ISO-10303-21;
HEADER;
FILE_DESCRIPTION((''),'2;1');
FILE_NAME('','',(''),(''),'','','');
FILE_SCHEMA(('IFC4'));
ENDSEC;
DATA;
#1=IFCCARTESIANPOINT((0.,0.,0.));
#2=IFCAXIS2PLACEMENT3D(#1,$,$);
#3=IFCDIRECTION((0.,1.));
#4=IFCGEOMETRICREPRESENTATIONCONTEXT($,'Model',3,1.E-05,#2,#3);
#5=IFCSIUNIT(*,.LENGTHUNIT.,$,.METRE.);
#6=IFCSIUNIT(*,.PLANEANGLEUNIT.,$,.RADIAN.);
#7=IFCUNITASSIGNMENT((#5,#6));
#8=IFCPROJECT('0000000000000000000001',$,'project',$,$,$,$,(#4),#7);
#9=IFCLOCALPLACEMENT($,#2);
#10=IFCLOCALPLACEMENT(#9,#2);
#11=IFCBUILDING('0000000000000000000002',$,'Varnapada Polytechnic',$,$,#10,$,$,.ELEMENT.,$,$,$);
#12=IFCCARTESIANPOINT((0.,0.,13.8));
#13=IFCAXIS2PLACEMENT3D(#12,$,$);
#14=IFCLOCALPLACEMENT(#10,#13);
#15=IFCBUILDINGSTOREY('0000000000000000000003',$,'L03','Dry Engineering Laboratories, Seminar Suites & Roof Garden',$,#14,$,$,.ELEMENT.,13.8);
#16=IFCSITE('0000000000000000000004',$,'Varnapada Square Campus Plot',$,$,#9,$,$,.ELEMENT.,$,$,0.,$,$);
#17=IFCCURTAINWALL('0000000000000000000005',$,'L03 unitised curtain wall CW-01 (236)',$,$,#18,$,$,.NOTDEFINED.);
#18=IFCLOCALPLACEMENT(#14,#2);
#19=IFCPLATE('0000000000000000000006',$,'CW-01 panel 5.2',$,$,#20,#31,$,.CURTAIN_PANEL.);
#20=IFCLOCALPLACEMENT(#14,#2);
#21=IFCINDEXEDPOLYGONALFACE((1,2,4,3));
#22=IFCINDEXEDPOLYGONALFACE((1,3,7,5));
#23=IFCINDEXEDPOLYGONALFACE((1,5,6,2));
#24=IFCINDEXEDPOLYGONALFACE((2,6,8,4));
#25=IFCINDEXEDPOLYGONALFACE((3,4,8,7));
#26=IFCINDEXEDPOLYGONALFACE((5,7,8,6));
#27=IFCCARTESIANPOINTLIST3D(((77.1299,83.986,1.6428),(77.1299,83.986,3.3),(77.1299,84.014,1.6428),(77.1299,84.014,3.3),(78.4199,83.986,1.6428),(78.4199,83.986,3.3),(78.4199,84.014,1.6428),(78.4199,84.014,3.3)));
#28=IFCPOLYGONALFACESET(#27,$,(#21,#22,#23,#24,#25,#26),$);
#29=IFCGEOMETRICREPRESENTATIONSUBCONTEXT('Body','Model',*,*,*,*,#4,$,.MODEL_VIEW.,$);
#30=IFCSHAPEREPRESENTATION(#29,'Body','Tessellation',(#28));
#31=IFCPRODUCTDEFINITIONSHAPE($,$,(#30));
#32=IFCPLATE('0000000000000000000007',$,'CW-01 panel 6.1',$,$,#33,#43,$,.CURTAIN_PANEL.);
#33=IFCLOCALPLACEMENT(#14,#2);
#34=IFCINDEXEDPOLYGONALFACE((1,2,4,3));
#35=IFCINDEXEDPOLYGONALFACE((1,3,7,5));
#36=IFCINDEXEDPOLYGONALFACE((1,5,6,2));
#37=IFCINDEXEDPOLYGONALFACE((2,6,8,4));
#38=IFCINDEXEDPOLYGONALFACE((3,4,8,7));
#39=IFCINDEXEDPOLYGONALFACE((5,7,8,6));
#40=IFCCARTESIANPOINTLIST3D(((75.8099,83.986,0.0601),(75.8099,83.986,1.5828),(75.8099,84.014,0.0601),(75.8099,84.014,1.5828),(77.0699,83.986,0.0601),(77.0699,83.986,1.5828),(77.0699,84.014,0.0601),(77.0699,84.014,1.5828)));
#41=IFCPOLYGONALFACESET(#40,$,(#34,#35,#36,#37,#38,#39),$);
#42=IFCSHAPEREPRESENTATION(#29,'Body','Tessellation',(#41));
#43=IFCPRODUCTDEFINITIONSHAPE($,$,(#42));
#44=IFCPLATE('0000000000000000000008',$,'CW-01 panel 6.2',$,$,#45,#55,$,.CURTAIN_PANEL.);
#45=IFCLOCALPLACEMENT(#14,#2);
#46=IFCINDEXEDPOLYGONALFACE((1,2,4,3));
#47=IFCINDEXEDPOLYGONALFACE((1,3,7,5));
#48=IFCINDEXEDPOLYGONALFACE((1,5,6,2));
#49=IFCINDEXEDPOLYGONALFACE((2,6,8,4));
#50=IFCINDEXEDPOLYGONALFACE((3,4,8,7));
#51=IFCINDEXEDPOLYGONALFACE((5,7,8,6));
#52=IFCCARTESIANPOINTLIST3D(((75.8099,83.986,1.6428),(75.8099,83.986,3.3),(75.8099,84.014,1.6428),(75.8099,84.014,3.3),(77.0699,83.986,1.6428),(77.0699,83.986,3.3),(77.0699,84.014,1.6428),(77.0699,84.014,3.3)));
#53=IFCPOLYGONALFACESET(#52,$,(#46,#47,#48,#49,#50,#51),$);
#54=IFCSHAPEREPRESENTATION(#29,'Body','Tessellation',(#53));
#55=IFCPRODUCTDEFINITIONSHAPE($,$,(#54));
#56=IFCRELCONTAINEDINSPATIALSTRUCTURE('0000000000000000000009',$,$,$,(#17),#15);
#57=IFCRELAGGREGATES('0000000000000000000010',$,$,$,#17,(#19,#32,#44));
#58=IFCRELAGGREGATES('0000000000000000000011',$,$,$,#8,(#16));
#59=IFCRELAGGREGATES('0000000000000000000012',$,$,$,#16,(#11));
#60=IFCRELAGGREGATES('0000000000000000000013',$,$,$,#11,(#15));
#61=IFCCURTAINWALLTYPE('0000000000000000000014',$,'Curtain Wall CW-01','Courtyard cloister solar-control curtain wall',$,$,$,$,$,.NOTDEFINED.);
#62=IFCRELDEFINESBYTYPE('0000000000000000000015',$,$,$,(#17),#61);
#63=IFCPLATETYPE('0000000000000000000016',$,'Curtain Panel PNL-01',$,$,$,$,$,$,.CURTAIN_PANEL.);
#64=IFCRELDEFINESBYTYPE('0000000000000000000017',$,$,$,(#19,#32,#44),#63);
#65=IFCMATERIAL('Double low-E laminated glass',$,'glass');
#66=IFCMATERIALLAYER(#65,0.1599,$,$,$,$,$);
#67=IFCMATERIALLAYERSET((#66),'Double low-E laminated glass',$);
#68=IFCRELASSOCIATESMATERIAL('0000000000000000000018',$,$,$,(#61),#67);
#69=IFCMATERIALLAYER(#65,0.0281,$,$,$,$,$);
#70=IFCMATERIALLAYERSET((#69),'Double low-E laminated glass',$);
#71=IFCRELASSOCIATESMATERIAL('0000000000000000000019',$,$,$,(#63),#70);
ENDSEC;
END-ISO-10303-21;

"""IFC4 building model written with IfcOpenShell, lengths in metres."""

from ifc_helpers import new_model, si_unit, direction, frame, origin, origin_2d, place, context, subcontext, project, spatial, rectangle, extrude, material, layer, layer_set, type_object, element, aggregate, save


model = new_model("IFC4")

# Units and contexts
model_context = context("Model", 3, precision=1e-05, world=origin(), true_north=direction((0.0, 1.0)))
body_context = subcontext(model_context, "Body", "Model", "MODEL_VIEW")
ifc_project = project(units=[si_unit("LENGTHUNIT", "METRE"), si_unit("PLANEANGLEUNIT", "RADIAN")], contexts=[model_context])

# Site, building, storey
site_placement = place(None, origin())
site = spatial("IfcSite", under=ifc_project, at=site_placement, Name="Varnapada Square Campus Plot", CompositionType="ELEMENT", RefElevation=0.0)
building_placement = place(site_placement, origin())
building = spatial("IfcBuilding", under=site, at=building_placement, Name="Varnapada Polytechnic", CompositionType="ELEMENT")
storey_placement = place(building_placement, frame((0.0, 0.0, 13.8)))
storey = spatial("IfcBuildingStorey", under=building, at=storey_placement, Name="L03", Description="Dry Engineering Laboratories, Seminar Suites & Roof Garden", CompositionType="ELEMENT", Elevation=13.8)

# Shared definitions
ifc_material_1 = material(Name="Double low-E laminated glass", Category="glass")
ifc_layer_1 = layer(ifc_material_1, 0.1599)
ifc_layer_set_1 = layer_set([ifc_layer_1], Name="Double low-E laminated glass")
curtain_wall_type = type_object("IfcCurtainWallType", Name="Curtain Wall CW-01", Description="Courtyard cloister solar-control curtain wall", PredefinedType="NOTDEFINED", material=ifc_layer_set_1)

# Curtain wall
curtain_wall_1_placement = place(storey_placement, origin())
curtain_wall_1 = element("IfcCurtainWall", 1, at=curtain_wall_1_placement, inside=storey, type_object=curtain_wall_type, Name="L03 unitised curtain wall CW-01 (236)", PredefinedType="NOTDEFINED")

# Plates
ifc_layer_2 = layer(ifc_material_1, 0.0281)
ifc_layer_set_2 = layer_set([ifc_layer_2], Name="Double low-E laminated glass")
plate_type = type_object("IfcPlateType", Name="Curtain Panel PNL-01", PredefinedType="CURTAIN_PANEL", material=ifc_layer_set_2)
plate_1_placement = place(storey_placement, frame((77.7749, 84.0, 1.6428), z_axis=(0.0, 0.0, 1.0), x_axis=(-1.0, 0.0, 0.0)))
plate_1 = element("IfcPlate", 2, at=plate_1_placement, type_object=plate_type, Name="CW-01 panel 5.2", PredefinedType="CURTAIN_PANEL", context=body_context, shape_type="SweptSolid", body=[
    extrude(rectangle(XDim=1.29, YDim=0.0281, at=origin_2d()), origin(), (0.0, 0.0, 1.0), 1.6572),
])
plate_2_placement = place(storey_placement, frame((76.4399, 84.0, 0.0601), z_axis=(0.0, 0.0, 1.0), x_axis=(-1.0, 0.0, 0.0)))
plate_2 = element("IfcPlate", 3, at=plate_2_placement, type_object=plate_type, Name="CW-01 panel 6.1", PredefinedType="CURTAIN_PANEL", context=body_context, shape_type="SweptSolid", body=[
    extrude(rectangle(XDim=1.26, YDim=0.0281, at=origin_2d()), origin(), (0.0, 0.0, 1.0), 1.5227),
])
plate_3_placement = place(storey_placement, frame((76.4399, 84.0, 1.6428), z_axis=(0.0, 0.0, 1.0), x_axis=(-1.0, 0.0, 0.0)))
plate_3 = element("IfcPlate", 4, at=plate_3_placement, type_object=plate_type, Name="CW-01 panel 6.2", PredefinedType="CURTAIN_PANEL", context=body_context, shape_type="SweptSolid", body=[
    extrude(rectangle(XDim=1.26, YDim=0.0281, at=origin_2d()), origin(), (0.0, 0.0, 1.0), 1.6572),
])
aggregate(curtain_wall_1, [plate_1, plate_2, plate_3])

save(model, "model.ifc")
